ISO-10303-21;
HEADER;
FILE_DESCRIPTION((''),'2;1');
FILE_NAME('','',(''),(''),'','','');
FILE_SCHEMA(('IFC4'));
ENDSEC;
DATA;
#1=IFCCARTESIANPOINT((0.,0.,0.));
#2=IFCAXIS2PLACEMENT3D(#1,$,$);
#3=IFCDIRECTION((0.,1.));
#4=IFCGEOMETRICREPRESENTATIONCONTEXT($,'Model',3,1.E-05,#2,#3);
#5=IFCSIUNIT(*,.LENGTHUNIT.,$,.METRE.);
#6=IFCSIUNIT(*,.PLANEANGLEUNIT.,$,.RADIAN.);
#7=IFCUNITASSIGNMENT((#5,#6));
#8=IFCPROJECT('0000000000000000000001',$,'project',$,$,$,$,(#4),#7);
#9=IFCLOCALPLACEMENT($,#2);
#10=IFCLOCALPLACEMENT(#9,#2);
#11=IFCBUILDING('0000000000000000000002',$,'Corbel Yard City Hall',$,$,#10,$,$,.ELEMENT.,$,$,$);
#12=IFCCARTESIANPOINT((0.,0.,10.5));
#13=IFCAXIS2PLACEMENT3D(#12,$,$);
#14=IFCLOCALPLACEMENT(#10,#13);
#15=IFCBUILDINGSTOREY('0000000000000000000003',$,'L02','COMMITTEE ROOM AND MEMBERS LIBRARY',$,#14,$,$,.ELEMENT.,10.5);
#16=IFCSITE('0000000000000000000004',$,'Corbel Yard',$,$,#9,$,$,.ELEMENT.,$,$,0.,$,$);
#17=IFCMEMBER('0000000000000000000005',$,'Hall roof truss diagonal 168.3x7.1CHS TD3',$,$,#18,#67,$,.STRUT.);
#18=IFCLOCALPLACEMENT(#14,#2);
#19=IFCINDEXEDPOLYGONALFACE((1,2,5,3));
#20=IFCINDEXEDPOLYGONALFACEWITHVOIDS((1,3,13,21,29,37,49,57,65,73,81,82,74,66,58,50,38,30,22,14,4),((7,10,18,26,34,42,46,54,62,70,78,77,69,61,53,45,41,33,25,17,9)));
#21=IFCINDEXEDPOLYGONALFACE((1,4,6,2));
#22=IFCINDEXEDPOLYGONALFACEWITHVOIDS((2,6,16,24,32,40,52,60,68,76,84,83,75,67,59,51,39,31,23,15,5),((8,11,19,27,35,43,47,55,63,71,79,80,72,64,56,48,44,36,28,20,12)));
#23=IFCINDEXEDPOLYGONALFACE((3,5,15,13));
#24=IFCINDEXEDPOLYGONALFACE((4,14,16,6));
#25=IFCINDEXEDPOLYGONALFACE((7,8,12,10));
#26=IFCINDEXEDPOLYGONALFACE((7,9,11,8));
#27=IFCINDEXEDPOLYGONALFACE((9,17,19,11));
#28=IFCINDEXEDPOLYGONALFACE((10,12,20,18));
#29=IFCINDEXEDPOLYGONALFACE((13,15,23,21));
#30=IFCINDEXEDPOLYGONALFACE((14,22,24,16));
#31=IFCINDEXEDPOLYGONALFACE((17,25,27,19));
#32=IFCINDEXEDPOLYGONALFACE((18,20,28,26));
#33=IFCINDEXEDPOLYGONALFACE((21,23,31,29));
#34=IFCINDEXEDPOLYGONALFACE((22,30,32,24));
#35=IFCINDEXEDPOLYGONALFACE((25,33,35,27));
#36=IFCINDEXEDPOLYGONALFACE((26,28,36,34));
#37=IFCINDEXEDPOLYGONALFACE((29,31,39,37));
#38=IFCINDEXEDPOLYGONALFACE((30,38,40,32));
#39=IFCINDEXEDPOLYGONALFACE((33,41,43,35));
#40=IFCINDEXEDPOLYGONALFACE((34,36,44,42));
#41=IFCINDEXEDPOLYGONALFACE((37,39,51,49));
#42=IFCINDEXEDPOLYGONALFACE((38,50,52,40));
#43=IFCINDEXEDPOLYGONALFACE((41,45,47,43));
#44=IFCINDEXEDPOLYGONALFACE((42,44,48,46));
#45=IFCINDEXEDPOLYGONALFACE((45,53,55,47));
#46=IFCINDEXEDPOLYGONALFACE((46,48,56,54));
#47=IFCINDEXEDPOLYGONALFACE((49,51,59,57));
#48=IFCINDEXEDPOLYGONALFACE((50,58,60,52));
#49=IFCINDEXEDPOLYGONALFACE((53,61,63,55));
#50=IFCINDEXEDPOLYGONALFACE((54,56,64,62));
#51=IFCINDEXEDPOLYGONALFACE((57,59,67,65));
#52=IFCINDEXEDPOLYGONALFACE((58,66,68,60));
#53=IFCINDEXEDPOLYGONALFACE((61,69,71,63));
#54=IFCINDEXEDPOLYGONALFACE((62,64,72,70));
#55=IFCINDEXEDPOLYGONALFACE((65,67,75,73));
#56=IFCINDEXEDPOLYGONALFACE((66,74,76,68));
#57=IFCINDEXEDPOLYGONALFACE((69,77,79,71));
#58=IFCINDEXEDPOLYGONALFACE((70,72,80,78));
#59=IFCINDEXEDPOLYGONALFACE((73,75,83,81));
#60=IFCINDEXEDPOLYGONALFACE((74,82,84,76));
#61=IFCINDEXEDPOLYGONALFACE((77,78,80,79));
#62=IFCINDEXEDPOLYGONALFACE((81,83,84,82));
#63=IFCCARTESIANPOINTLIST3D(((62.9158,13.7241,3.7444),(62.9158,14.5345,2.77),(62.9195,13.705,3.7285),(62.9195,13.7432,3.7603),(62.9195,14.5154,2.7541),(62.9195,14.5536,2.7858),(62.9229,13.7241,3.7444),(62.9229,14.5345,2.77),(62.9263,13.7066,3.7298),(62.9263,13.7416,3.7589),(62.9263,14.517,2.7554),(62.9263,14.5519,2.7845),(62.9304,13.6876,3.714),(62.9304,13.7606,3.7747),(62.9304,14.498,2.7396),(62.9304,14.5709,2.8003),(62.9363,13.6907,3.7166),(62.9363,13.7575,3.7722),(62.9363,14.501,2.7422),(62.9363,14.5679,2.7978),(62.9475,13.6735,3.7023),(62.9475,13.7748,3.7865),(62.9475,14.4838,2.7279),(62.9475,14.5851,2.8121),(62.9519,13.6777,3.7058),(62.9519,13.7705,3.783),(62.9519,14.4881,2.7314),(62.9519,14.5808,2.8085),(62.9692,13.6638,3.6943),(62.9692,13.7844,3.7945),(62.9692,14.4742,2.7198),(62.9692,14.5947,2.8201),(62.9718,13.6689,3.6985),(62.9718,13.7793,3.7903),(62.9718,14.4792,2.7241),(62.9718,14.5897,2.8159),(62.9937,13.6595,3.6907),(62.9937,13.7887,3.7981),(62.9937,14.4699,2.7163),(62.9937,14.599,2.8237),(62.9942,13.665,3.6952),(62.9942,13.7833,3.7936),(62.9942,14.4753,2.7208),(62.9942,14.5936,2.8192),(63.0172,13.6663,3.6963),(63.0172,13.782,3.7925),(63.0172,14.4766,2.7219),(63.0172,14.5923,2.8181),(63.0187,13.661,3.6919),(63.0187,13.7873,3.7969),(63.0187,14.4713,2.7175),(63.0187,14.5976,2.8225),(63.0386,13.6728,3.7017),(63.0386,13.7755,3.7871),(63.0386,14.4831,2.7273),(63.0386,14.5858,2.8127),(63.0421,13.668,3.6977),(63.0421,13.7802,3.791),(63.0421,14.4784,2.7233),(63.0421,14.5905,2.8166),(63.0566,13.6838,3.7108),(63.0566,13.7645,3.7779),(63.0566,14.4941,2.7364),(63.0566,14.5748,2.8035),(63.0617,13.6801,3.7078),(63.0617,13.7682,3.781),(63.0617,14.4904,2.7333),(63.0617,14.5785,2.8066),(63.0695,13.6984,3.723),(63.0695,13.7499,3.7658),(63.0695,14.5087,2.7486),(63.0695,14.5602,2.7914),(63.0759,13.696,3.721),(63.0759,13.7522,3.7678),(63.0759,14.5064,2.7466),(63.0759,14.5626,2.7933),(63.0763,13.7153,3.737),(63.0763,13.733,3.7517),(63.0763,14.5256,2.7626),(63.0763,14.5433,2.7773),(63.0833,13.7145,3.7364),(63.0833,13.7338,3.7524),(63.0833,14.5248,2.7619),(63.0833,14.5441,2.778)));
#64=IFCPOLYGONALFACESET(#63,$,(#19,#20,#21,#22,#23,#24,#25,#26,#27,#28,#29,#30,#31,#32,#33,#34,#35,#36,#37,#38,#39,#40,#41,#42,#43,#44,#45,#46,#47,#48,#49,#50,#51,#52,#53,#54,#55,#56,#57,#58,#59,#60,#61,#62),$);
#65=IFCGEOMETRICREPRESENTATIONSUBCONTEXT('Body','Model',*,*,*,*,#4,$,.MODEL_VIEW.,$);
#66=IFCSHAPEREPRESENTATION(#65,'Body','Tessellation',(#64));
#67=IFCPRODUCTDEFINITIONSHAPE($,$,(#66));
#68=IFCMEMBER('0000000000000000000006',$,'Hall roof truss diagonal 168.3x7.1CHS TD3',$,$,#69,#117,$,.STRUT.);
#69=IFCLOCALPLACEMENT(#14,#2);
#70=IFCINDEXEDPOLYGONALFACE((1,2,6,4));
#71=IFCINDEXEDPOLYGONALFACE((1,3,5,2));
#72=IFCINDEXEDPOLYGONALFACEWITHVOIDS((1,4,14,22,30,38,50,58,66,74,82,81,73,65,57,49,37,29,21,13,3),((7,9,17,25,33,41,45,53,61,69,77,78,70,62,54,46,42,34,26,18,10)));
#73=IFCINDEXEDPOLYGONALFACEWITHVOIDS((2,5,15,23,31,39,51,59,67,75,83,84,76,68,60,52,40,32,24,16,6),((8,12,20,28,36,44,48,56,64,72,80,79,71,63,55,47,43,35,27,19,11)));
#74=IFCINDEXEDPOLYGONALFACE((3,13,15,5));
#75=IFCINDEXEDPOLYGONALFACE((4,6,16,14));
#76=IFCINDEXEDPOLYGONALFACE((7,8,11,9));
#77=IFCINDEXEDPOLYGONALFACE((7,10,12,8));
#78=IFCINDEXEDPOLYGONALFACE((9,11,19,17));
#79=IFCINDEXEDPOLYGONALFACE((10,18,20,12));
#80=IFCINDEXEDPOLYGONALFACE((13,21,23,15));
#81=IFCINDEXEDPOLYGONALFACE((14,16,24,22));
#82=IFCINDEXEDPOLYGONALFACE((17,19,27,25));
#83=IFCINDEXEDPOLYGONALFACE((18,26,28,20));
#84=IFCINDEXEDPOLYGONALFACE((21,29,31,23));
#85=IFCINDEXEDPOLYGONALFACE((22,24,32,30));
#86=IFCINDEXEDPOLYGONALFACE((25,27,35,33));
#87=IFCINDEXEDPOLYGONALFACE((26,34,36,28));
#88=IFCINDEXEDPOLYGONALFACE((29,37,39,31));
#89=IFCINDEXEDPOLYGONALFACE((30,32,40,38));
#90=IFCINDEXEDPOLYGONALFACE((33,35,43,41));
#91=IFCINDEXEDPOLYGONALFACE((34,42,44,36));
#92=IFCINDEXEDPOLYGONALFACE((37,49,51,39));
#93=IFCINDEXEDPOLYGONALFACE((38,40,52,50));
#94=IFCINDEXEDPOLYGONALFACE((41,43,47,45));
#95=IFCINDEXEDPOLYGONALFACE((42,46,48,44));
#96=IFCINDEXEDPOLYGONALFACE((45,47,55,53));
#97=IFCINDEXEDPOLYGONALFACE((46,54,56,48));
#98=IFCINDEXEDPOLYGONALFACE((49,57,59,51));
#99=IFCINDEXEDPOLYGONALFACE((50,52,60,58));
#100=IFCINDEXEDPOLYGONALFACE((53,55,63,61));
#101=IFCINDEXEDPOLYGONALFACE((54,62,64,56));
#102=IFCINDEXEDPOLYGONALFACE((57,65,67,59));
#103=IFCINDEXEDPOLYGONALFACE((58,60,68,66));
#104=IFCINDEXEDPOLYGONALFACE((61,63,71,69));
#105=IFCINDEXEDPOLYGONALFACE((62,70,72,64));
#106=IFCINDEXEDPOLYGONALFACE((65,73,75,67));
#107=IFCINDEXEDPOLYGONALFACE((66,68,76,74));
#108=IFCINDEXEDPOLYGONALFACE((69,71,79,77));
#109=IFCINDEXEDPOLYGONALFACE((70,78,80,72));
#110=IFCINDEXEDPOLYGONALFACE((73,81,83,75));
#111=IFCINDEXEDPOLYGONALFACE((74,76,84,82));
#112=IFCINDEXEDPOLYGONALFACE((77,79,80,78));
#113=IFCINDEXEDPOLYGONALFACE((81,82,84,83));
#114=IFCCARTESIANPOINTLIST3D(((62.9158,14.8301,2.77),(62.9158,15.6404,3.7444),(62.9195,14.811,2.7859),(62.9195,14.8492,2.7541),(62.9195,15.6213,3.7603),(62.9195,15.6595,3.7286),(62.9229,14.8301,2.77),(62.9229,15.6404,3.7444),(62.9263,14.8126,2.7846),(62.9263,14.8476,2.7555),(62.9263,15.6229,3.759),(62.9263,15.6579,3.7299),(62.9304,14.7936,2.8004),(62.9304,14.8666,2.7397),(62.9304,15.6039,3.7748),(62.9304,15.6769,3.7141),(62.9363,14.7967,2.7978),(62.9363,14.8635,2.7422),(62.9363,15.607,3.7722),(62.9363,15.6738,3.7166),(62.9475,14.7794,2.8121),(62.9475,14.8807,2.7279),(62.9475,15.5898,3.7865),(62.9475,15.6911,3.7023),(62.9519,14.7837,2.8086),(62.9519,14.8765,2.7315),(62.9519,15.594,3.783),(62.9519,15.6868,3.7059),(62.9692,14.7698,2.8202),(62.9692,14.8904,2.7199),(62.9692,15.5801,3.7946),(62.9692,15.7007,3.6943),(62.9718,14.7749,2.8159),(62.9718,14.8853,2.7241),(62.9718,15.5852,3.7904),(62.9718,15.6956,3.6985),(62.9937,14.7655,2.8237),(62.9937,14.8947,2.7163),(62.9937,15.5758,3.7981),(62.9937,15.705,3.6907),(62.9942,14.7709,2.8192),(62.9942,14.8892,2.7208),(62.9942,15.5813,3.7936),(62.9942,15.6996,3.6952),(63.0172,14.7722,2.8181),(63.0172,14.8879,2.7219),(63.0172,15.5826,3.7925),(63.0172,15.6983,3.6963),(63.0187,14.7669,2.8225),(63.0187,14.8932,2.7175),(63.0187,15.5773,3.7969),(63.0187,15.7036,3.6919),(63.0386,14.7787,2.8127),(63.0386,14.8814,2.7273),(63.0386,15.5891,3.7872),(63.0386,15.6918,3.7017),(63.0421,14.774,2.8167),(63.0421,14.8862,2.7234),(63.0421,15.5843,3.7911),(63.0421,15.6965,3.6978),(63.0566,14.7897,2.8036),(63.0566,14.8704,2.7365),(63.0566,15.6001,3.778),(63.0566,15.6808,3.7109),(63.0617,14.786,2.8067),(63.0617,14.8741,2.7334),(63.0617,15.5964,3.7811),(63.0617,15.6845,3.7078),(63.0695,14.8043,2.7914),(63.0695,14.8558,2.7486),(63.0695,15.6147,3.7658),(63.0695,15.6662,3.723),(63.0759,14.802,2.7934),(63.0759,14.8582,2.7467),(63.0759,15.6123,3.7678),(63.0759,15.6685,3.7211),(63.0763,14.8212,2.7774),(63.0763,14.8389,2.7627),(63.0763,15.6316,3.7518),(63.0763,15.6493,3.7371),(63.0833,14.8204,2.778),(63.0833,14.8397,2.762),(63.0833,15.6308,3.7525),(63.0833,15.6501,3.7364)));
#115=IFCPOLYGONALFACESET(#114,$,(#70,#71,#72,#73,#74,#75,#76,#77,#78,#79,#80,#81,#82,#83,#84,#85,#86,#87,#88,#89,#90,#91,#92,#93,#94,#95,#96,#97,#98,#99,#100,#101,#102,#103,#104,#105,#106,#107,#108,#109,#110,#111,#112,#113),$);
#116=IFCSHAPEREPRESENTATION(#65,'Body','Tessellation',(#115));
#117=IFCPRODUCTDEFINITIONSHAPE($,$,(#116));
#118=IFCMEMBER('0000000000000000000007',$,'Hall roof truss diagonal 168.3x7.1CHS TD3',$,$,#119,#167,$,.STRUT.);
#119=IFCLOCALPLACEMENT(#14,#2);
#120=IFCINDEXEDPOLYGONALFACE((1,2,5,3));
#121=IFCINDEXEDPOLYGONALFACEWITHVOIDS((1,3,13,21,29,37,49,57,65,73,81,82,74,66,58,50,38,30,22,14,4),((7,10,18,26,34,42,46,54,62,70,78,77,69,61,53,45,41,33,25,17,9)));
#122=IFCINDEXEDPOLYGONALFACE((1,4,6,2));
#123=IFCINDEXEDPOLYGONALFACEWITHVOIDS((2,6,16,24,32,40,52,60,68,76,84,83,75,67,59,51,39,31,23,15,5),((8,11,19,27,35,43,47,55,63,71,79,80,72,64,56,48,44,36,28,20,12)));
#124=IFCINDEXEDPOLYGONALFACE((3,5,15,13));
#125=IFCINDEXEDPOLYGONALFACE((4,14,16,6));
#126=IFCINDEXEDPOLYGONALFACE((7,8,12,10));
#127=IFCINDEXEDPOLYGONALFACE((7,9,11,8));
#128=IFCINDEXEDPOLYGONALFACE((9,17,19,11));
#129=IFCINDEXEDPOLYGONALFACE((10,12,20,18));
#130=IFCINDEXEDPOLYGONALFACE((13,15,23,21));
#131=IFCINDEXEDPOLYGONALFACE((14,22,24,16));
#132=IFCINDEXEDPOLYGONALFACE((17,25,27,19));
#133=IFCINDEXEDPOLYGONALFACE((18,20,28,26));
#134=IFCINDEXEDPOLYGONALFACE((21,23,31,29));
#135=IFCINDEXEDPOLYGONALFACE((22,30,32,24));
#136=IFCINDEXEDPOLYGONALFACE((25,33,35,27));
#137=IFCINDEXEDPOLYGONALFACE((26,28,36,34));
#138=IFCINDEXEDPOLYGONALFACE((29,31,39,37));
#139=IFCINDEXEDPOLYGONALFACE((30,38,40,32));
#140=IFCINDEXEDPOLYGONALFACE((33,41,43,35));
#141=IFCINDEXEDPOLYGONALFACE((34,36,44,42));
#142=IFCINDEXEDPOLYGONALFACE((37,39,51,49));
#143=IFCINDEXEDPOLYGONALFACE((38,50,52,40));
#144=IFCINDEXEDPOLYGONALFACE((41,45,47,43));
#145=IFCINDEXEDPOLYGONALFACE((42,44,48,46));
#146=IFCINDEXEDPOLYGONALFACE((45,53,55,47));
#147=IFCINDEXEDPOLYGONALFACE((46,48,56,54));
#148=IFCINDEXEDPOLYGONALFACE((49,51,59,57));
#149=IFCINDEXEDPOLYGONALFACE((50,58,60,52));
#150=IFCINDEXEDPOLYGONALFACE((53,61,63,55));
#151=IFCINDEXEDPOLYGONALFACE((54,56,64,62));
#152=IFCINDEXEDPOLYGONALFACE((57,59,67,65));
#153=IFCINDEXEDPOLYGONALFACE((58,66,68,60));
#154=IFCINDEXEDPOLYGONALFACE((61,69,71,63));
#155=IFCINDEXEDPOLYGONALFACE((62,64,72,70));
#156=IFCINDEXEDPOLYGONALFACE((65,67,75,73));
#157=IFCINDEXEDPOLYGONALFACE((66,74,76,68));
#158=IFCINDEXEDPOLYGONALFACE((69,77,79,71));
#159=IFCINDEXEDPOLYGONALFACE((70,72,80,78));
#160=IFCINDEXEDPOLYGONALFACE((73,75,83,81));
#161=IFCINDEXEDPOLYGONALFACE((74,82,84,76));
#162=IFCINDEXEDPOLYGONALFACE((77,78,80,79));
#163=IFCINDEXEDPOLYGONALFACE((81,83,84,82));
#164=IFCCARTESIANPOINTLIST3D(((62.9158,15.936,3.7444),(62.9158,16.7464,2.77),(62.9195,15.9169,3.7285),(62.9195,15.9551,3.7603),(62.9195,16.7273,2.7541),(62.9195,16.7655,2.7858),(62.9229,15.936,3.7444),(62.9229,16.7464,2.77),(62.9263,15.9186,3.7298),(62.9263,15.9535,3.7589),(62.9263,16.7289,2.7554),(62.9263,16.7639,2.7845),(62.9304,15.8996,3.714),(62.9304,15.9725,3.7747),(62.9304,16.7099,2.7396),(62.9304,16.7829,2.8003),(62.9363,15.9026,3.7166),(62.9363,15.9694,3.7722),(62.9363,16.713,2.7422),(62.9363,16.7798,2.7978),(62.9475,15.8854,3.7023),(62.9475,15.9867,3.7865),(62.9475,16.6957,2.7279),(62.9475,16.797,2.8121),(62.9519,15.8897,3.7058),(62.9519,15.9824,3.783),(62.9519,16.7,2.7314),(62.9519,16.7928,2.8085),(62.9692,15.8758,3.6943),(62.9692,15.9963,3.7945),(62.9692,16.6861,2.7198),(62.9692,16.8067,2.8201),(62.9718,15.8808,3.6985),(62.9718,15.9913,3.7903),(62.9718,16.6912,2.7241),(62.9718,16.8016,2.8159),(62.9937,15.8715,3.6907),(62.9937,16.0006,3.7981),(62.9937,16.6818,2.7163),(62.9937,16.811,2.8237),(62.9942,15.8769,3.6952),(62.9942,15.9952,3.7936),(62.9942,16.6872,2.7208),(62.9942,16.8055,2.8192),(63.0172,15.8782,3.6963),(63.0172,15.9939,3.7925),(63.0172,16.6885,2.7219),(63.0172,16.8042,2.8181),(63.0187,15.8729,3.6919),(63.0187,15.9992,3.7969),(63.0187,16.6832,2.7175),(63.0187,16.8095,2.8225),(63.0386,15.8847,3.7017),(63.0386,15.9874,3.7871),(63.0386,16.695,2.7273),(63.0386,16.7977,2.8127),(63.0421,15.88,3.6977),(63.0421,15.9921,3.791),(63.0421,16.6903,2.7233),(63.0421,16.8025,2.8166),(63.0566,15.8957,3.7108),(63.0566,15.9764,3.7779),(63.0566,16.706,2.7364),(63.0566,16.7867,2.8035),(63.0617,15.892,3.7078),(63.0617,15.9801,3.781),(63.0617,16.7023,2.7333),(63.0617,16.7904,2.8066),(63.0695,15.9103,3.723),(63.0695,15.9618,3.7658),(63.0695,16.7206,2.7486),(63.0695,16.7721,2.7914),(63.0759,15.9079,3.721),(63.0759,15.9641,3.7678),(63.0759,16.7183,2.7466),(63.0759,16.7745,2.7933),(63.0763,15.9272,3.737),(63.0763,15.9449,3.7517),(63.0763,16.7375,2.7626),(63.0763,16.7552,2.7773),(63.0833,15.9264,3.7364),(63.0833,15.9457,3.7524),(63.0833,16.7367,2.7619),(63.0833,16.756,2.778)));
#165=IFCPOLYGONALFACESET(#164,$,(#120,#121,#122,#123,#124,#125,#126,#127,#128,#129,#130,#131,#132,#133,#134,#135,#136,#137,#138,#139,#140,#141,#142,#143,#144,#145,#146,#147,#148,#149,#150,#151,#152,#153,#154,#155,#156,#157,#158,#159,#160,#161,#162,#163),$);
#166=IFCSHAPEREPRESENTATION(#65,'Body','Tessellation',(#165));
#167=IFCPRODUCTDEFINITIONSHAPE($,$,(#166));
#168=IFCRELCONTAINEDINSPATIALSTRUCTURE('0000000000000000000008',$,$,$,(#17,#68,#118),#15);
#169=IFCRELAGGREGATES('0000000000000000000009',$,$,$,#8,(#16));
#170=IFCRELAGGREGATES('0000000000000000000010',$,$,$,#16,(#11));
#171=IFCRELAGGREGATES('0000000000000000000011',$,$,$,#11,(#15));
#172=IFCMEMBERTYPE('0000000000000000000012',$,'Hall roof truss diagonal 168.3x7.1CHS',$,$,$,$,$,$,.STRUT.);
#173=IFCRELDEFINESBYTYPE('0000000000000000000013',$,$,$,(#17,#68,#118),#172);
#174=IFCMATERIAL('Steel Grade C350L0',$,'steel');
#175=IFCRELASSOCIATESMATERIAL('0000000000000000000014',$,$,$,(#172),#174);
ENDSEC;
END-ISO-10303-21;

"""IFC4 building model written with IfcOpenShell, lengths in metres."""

from ifc_helpers import new_model, si_unit, direction, frame, origin, origin_2d, place, context, subcontext, project, spatial, hollow_circle, extrude, material, material_profile, profile_set, type_object, element, save


model = new_model("IFC4")

# Units and contexts
model_context = context("Model", 3, precision=1e-05, world=origin(), true_north=direction((0.0, 1.0)))
body_context = subcontext(model_context, "Body", "Model", "MODEL_VIEW")
ifc_project = project(units=[si_unit("LENGTHUNIT", "METRE"), si_unit("PLANEANGLEUNIT", "RADIAN")], contexts=[model_context])

# Site, building, storey
site_placement = place(None, origin())
site = spatial("IfcSite", under=ifc_project, at=site_placement, Name="Corbel Yard", CompositionType="ELEMENT", RefElevation=0.0)
building_placement = place(site_placement, origin())
building = spatial("IfcBuilding", under=site, at=building_placement, Name="Corbel Yard City Hall", CompositionType="ELEMENT")
storey_placement = place(building_placement, frame((0.0, 0.0, 10.5)))
storey = spatial("IfcBuildingStorey", under=building, at=storey_placement, Name="L02", Description="COMMITTEE ROOM AND MEMBERS LIBRARY", CompositionType="ELEMENT", Elevation=10.5)

# Members
ifc_material_1 = material(Name="Steel Grade C350L0", Category="steel")
ifc_material_profile_1 = material_profile(ifc_material_1, hollow_circle(Radius=0.0842, WallThickness=0.0071, at=origin_2d()), Name="168.3x7.1CHS")
ifc_profile_set_1 = profile_set([ifc_material_profile_1], Name="Steel Grade C350L0")
member_type_1 = type_object("IfcMemberType", Name="Hall roof truss diagonal 168.3x7.1CHS", PredefinedType="STRUT", material=ifc_profile_set_1)
for number, where, z_axis, x_axis, name in (
    (1, (63.0, 13.7241, 3.7444), (0.0, 0.639407, -0.768868), (-1.0, 0.0, 0.0), "Hall roof truss diagonal 168.3x7.1CHS TD3"),
    (2, (63.0, 14.8301, 2.77), (0.0, 0.639407, 0.768868), (-1.0, 0.0, 0.0), "Hall roof truss diagonal 168.3x7.1CHS TD3"),
    (3, (63.0, 15.936, 3.7444), (0.0, 0.639407, -0.768868), (-1.0, 0.0, 0.0), "Hall roof truss diagonal 168.3x7.1CHS TD3"),
):
    element("IfcMember", number, at=place(storey_placement, frame(where, z_axis=z_axis, x_axis=x_axis)), inside=storey, type_object=member_type_1, Name=name, PredefinedType="STRUT", context=body_context, shape_type="SweptSolid", body=[
        extrude(hollow_circle(Radius=0.0842, WallThickness=0.0071, at=origin_2d()), origin(), (0.0, 0.0, 1.0), 1.2673),
    ])

save(model, "model.ifc")
